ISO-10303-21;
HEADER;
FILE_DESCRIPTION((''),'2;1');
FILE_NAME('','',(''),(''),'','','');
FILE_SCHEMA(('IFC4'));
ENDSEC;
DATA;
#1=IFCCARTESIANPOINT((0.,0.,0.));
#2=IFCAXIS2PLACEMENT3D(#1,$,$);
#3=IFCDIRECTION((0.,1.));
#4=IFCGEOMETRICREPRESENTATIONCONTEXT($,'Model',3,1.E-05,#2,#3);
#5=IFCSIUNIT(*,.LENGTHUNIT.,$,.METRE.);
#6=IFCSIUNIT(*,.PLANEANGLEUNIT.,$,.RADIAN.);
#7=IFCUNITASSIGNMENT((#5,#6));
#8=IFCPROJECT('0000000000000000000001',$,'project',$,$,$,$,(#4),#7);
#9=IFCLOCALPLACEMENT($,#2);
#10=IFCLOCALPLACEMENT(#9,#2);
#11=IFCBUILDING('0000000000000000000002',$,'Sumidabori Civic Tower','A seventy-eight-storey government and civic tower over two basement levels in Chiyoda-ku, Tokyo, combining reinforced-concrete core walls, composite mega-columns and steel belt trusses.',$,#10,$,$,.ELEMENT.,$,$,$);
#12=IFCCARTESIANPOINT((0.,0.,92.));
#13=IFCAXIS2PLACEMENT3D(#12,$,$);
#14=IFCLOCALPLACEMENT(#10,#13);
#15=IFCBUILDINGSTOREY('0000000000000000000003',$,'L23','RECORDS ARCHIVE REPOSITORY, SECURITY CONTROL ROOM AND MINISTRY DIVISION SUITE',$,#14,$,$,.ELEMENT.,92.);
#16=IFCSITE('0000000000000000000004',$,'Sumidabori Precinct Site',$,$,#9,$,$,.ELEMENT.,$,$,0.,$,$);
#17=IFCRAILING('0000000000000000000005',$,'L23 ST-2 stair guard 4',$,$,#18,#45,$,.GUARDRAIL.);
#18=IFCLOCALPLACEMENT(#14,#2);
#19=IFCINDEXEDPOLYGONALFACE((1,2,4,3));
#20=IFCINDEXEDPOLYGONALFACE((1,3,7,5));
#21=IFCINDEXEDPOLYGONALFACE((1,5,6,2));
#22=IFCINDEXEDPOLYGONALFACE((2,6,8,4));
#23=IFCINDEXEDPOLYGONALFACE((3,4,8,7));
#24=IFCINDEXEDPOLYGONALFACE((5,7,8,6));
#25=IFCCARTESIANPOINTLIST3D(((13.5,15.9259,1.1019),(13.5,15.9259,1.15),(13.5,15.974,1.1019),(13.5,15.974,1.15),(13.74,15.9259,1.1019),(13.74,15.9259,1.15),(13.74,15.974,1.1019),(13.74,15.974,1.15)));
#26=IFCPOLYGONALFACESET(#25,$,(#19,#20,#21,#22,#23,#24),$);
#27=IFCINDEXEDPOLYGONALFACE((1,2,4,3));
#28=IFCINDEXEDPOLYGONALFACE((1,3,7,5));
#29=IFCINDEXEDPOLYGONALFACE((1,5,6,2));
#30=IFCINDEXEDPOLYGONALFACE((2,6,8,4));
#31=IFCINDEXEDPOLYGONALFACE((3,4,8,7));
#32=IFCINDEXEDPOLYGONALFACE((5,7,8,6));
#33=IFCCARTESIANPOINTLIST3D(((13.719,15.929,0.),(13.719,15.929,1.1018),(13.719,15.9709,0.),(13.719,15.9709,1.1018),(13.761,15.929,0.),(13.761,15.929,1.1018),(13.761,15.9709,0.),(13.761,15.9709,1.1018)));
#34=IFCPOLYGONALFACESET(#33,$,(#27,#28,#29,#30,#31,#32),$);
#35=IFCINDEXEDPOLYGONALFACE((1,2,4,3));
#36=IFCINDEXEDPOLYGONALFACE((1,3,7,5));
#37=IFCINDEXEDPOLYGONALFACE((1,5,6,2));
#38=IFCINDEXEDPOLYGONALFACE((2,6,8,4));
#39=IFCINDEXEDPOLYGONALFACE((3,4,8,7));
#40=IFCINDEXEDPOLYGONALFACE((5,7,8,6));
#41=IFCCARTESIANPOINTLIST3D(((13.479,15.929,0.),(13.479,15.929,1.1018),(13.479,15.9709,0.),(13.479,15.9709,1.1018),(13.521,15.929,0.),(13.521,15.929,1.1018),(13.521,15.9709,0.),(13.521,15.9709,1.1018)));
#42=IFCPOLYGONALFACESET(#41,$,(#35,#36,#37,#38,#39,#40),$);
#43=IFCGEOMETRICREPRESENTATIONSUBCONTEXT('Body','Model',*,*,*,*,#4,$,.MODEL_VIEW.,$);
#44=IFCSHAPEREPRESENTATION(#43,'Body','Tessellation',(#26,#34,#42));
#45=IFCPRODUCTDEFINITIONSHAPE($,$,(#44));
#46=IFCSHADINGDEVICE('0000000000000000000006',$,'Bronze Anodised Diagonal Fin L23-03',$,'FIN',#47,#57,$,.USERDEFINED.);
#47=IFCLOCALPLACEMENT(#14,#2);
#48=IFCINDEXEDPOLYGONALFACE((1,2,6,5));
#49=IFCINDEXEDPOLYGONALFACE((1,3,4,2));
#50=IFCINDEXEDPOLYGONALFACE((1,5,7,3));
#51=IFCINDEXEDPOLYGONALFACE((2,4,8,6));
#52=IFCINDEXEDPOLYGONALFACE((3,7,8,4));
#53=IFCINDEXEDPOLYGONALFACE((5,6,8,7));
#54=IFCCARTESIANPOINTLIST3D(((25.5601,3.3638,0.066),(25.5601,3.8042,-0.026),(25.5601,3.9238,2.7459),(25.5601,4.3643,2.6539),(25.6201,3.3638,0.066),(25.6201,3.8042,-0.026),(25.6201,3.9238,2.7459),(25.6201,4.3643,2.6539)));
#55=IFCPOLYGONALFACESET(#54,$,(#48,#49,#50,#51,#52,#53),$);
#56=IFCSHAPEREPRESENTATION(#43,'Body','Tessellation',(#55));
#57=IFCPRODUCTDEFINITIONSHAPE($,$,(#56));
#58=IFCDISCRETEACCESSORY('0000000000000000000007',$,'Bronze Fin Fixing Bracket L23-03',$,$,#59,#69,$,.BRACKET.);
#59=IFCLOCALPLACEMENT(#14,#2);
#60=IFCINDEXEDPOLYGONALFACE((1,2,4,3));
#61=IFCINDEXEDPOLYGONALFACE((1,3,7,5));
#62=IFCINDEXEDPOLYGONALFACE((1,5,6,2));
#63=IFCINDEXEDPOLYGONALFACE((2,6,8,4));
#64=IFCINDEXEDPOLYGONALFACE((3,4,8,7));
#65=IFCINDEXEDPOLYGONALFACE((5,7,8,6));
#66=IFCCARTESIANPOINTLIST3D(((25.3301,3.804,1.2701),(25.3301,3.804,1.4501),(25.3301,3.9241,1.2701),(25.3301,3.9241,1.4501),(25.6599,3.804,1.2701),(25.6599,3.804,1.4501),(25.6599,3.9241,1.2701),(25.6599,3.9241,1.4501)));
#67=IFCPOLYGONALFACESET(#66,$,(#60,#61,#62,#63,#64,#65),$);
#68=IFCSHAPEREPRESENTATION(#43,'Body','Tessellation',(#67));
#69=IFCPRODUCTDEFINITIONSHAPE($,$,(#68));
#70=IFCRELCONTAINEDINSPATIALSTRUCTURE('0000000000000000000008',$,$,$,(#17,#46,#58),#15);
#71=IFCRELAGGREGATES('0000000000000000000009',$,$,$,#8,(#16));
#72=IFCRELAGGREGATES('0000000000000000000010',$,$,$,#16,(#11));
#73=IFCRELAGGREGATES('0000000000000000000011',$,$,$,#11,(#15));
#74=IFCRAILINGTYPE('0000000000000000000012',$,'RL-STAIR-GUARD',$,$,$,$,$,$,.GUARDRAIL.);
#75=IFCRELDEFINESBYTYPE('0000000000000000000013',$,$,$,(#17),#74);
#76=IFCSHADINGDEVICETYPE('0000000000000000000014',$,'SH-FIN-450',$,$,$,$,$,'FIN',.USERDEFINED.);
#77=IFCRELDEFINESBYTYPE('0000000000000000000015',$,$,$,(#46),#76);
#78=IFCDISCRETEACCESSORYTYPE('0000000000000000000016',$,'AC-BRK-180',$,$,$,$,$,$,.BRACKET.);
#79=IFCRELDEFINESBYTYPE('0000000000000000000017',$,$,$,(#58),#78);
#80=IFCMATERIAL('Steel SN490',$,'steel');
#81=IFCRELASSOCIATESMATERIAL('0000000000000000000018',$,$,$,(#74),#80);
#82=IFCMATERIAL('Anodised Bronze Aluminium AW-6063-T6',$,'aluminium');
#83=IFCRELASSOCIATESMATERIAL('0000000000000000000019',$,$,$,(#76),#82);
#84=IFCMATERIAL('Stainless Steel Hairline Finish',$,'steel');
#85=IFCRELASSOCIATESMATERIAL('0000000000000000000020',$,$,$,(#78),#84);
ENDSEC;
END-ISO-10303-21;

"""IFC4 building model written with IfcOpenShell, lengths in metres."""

from ifc_helpers import new_model, si_unit, direction, frame, origin, origin_2d, place, context, subcontext, project, spatial, rectangle, extrude, source, transform, mapped, material, material_profile, profile_set, type_object, element, save


model = new_model("IFC4")

# Units and contexts
model_context = context("Model", 3, precision=1e-05, world=origin(), true_north=direction((0.0, 1.0)))
body_context = subcontext(model_context, "Body", "Model", "MODEL_VIEW")
ifc_project = project(units=[si_unit("LENGTHUNIT", "METRE"), si_unit("PLANEANGLEUNIT", "RADIAN")], contexts=[model_context])

# Site, building, storey
site_placement = place(None, origin())
site = spatial("IfcSite", under=ifc_project, at=site_placement, Name="Sumidabori Precinct Site", CompositionType="ELEMENT", RefElevation=0.0)
building_placement = place(site_placement, origin())
building = spatial("IfcBuilding", under=site, at=building_placement, Name="Sumidabori Civic Tower", Description="A seventy-eight-storey government and civic tower over two basement levels in Chiyoda-ku, Tokyo, combining reinforced-concrete core walls, composite mega-columns and steel belt trusses.", CompositionType="ELEMENT")
storey_placement = place(building_placement, frame((0.0, 0.0, 92.0)))
storey = spatial("IfcBuildingStorey", under=building, at=storey_placement, Name="L23", Description="RECORDS ARCHIVE REPOSITORY, SECURITY CONTROL ROOM AND MINISTRY DIVISION SUITE", CompositionType="ELEMENT", Elevation=92.0)

# Shared definitions
ifc_material_1 = material(Name="Steel SN490", Category="steel")

# Shared definitions
ifc_material_2 = material(Name="Anodised Bronze Aluminium AW-6063-T6", Category="aluminium")

# Railing
ifc_material_3 = material(Name="Stainless Steel Hairline Finish", Category="steel")
railing_type_1 = type_object("IfcRailingType", Name="RL-STAIR-GUARD", PredefinedType="GUARDRAIL", material=ifc_material_1)
for number, where, name in (
    (1, (13.74, 15.95, 0.0), "L23 ST-2 stair guard 4"),
):
    element("IfcRailing", number, at=place(storey_placement, frame(where)), inside=storey, type_object=railing_type_1, Name=name, PredefinedType="GUARDRAIL", context=body_context, shape_type="SweptSolid", body=[
        extrude(rectangle(XDim=0.0481, YDim=0.0481, at=origin_2d()), frame((0.0, 0.0, 1.126), z_axis=(-1.0, 0.0, 0.0), x_axis=(0.0, -1.0, 0.0)), (0.0, 0.0, 1.0), 0.24),
        extrude(rectangle(XDim=0.042, YDim=0.042, at=origin_2d()), origin(), (0.0, 0.0, 1.0), 1.1018),
        extrude(rectangle(XDim=0.042, YDim=0.042, at=origin_2d()), frame((-0.24, 0.0, 0.0)), (0.0, 0.0, 1.0), 1.1018),
    ])

# Shading device
ifc_material_profile_1 = material_profile(ifc_material_2, rectangle(XDim=0.0601, YDim=0.45, at=origin_2d()), Name="BRONZE FIN 450x60")
ifc_profile_set_1 = profile_set([ifc_material_profile_1], Name="Anodised Bronze Aluminium AW-6063-T6")
shading_device_type = type_object("IfcShadingDeviceType", Name="SH-FIN-450", ElementType="FIN", PredefinedType="USERDEFINED", material=ifc_profile_set_1)
shared_shape_1 = source(origin(), body_context, "Body", "SweptSolid", [
    extrude(rectangle(XDim=0.0601, YDim=0.45, at=origin_2d()), origin(), (0.0, 0.0, 1.0), 2.7378),
])
shading_device_placement = place(storey_placement, frame((25.5901, 3.584, 0.02), z_axis=(0.0, 0.204563, 0.978853), x_axis=(-1.0, 0.0, 0.0)))
element("IfcShadingDevice", 2, at=shading_device_placement, inside=storey, type_object=shading_device_type, Name="Bronze Anodised Diagonal Fin L23-03", ObjectType="FIN", PredefinedType="USERDEFINED", context=body_context, shape_type="MappedRepresentation", body=[
    mapped(shared_shape_1, transform((0.0, 0.0, 0.0), x_axis=(1.0, 0.0, 0.0), y_axis=(0.0, 1.0, 0.0), z_axis=(0.0, 0.0, 1.0), scale=1.0)),
])

# Discrete accessory
ifc_material_profile_2 = material_profile(ifc_material_3, rectangle(XDim=0.1201, YDim=0.1799, at=origin_2d()), Name="STEEL BRACKET 180x120")
ifc_profile_set_2 = profile_set([ifc_material_profile_2], Name="Stainless Steel Hairline Finish")
discrete_accessory_type = type_object("IfcDiscreteAccessoryType", Name="AC-BRK-180", PredefinedType="BRACKET", material=ifc_profile_set_2)
shared_shape_2 = source(origin(), body_context, "Body", "SweptSolid", [
    extrude(rectangle(XDim=0.1201, YDim=0.1799, at=origin_2d()), origin(), (0.0, 0.0, 1.0), 0.3298),
])
discrete_accessory_placement = place(storey_placement, frame((25.3301, 3.864, 1.3601), z_axis=(1.0, 0.0, 0.0), x_axis=(0.0, 1.0, 0.0)))
element("IfcDiscreteAccessory", 3, at=discrete_accessory_placement, inside=storey, type_object=discrete_accessory_type, Name="Bronze Fin Fixing Bracket L23-03", PredefinedType="BRACKET", context=body_context, shape_type="MappedRepresentation", body=[
    mapped(shared_shape_2, transform((0.0, 0.0, 0.0), x_axis=(1.0, 0.0, 0.0), y_axis=(0.0, 1.0, 0.0), z_axis=(0.0, 0.0, 1.0), scale=1.0)),
])

save(model, "model.ifc")
